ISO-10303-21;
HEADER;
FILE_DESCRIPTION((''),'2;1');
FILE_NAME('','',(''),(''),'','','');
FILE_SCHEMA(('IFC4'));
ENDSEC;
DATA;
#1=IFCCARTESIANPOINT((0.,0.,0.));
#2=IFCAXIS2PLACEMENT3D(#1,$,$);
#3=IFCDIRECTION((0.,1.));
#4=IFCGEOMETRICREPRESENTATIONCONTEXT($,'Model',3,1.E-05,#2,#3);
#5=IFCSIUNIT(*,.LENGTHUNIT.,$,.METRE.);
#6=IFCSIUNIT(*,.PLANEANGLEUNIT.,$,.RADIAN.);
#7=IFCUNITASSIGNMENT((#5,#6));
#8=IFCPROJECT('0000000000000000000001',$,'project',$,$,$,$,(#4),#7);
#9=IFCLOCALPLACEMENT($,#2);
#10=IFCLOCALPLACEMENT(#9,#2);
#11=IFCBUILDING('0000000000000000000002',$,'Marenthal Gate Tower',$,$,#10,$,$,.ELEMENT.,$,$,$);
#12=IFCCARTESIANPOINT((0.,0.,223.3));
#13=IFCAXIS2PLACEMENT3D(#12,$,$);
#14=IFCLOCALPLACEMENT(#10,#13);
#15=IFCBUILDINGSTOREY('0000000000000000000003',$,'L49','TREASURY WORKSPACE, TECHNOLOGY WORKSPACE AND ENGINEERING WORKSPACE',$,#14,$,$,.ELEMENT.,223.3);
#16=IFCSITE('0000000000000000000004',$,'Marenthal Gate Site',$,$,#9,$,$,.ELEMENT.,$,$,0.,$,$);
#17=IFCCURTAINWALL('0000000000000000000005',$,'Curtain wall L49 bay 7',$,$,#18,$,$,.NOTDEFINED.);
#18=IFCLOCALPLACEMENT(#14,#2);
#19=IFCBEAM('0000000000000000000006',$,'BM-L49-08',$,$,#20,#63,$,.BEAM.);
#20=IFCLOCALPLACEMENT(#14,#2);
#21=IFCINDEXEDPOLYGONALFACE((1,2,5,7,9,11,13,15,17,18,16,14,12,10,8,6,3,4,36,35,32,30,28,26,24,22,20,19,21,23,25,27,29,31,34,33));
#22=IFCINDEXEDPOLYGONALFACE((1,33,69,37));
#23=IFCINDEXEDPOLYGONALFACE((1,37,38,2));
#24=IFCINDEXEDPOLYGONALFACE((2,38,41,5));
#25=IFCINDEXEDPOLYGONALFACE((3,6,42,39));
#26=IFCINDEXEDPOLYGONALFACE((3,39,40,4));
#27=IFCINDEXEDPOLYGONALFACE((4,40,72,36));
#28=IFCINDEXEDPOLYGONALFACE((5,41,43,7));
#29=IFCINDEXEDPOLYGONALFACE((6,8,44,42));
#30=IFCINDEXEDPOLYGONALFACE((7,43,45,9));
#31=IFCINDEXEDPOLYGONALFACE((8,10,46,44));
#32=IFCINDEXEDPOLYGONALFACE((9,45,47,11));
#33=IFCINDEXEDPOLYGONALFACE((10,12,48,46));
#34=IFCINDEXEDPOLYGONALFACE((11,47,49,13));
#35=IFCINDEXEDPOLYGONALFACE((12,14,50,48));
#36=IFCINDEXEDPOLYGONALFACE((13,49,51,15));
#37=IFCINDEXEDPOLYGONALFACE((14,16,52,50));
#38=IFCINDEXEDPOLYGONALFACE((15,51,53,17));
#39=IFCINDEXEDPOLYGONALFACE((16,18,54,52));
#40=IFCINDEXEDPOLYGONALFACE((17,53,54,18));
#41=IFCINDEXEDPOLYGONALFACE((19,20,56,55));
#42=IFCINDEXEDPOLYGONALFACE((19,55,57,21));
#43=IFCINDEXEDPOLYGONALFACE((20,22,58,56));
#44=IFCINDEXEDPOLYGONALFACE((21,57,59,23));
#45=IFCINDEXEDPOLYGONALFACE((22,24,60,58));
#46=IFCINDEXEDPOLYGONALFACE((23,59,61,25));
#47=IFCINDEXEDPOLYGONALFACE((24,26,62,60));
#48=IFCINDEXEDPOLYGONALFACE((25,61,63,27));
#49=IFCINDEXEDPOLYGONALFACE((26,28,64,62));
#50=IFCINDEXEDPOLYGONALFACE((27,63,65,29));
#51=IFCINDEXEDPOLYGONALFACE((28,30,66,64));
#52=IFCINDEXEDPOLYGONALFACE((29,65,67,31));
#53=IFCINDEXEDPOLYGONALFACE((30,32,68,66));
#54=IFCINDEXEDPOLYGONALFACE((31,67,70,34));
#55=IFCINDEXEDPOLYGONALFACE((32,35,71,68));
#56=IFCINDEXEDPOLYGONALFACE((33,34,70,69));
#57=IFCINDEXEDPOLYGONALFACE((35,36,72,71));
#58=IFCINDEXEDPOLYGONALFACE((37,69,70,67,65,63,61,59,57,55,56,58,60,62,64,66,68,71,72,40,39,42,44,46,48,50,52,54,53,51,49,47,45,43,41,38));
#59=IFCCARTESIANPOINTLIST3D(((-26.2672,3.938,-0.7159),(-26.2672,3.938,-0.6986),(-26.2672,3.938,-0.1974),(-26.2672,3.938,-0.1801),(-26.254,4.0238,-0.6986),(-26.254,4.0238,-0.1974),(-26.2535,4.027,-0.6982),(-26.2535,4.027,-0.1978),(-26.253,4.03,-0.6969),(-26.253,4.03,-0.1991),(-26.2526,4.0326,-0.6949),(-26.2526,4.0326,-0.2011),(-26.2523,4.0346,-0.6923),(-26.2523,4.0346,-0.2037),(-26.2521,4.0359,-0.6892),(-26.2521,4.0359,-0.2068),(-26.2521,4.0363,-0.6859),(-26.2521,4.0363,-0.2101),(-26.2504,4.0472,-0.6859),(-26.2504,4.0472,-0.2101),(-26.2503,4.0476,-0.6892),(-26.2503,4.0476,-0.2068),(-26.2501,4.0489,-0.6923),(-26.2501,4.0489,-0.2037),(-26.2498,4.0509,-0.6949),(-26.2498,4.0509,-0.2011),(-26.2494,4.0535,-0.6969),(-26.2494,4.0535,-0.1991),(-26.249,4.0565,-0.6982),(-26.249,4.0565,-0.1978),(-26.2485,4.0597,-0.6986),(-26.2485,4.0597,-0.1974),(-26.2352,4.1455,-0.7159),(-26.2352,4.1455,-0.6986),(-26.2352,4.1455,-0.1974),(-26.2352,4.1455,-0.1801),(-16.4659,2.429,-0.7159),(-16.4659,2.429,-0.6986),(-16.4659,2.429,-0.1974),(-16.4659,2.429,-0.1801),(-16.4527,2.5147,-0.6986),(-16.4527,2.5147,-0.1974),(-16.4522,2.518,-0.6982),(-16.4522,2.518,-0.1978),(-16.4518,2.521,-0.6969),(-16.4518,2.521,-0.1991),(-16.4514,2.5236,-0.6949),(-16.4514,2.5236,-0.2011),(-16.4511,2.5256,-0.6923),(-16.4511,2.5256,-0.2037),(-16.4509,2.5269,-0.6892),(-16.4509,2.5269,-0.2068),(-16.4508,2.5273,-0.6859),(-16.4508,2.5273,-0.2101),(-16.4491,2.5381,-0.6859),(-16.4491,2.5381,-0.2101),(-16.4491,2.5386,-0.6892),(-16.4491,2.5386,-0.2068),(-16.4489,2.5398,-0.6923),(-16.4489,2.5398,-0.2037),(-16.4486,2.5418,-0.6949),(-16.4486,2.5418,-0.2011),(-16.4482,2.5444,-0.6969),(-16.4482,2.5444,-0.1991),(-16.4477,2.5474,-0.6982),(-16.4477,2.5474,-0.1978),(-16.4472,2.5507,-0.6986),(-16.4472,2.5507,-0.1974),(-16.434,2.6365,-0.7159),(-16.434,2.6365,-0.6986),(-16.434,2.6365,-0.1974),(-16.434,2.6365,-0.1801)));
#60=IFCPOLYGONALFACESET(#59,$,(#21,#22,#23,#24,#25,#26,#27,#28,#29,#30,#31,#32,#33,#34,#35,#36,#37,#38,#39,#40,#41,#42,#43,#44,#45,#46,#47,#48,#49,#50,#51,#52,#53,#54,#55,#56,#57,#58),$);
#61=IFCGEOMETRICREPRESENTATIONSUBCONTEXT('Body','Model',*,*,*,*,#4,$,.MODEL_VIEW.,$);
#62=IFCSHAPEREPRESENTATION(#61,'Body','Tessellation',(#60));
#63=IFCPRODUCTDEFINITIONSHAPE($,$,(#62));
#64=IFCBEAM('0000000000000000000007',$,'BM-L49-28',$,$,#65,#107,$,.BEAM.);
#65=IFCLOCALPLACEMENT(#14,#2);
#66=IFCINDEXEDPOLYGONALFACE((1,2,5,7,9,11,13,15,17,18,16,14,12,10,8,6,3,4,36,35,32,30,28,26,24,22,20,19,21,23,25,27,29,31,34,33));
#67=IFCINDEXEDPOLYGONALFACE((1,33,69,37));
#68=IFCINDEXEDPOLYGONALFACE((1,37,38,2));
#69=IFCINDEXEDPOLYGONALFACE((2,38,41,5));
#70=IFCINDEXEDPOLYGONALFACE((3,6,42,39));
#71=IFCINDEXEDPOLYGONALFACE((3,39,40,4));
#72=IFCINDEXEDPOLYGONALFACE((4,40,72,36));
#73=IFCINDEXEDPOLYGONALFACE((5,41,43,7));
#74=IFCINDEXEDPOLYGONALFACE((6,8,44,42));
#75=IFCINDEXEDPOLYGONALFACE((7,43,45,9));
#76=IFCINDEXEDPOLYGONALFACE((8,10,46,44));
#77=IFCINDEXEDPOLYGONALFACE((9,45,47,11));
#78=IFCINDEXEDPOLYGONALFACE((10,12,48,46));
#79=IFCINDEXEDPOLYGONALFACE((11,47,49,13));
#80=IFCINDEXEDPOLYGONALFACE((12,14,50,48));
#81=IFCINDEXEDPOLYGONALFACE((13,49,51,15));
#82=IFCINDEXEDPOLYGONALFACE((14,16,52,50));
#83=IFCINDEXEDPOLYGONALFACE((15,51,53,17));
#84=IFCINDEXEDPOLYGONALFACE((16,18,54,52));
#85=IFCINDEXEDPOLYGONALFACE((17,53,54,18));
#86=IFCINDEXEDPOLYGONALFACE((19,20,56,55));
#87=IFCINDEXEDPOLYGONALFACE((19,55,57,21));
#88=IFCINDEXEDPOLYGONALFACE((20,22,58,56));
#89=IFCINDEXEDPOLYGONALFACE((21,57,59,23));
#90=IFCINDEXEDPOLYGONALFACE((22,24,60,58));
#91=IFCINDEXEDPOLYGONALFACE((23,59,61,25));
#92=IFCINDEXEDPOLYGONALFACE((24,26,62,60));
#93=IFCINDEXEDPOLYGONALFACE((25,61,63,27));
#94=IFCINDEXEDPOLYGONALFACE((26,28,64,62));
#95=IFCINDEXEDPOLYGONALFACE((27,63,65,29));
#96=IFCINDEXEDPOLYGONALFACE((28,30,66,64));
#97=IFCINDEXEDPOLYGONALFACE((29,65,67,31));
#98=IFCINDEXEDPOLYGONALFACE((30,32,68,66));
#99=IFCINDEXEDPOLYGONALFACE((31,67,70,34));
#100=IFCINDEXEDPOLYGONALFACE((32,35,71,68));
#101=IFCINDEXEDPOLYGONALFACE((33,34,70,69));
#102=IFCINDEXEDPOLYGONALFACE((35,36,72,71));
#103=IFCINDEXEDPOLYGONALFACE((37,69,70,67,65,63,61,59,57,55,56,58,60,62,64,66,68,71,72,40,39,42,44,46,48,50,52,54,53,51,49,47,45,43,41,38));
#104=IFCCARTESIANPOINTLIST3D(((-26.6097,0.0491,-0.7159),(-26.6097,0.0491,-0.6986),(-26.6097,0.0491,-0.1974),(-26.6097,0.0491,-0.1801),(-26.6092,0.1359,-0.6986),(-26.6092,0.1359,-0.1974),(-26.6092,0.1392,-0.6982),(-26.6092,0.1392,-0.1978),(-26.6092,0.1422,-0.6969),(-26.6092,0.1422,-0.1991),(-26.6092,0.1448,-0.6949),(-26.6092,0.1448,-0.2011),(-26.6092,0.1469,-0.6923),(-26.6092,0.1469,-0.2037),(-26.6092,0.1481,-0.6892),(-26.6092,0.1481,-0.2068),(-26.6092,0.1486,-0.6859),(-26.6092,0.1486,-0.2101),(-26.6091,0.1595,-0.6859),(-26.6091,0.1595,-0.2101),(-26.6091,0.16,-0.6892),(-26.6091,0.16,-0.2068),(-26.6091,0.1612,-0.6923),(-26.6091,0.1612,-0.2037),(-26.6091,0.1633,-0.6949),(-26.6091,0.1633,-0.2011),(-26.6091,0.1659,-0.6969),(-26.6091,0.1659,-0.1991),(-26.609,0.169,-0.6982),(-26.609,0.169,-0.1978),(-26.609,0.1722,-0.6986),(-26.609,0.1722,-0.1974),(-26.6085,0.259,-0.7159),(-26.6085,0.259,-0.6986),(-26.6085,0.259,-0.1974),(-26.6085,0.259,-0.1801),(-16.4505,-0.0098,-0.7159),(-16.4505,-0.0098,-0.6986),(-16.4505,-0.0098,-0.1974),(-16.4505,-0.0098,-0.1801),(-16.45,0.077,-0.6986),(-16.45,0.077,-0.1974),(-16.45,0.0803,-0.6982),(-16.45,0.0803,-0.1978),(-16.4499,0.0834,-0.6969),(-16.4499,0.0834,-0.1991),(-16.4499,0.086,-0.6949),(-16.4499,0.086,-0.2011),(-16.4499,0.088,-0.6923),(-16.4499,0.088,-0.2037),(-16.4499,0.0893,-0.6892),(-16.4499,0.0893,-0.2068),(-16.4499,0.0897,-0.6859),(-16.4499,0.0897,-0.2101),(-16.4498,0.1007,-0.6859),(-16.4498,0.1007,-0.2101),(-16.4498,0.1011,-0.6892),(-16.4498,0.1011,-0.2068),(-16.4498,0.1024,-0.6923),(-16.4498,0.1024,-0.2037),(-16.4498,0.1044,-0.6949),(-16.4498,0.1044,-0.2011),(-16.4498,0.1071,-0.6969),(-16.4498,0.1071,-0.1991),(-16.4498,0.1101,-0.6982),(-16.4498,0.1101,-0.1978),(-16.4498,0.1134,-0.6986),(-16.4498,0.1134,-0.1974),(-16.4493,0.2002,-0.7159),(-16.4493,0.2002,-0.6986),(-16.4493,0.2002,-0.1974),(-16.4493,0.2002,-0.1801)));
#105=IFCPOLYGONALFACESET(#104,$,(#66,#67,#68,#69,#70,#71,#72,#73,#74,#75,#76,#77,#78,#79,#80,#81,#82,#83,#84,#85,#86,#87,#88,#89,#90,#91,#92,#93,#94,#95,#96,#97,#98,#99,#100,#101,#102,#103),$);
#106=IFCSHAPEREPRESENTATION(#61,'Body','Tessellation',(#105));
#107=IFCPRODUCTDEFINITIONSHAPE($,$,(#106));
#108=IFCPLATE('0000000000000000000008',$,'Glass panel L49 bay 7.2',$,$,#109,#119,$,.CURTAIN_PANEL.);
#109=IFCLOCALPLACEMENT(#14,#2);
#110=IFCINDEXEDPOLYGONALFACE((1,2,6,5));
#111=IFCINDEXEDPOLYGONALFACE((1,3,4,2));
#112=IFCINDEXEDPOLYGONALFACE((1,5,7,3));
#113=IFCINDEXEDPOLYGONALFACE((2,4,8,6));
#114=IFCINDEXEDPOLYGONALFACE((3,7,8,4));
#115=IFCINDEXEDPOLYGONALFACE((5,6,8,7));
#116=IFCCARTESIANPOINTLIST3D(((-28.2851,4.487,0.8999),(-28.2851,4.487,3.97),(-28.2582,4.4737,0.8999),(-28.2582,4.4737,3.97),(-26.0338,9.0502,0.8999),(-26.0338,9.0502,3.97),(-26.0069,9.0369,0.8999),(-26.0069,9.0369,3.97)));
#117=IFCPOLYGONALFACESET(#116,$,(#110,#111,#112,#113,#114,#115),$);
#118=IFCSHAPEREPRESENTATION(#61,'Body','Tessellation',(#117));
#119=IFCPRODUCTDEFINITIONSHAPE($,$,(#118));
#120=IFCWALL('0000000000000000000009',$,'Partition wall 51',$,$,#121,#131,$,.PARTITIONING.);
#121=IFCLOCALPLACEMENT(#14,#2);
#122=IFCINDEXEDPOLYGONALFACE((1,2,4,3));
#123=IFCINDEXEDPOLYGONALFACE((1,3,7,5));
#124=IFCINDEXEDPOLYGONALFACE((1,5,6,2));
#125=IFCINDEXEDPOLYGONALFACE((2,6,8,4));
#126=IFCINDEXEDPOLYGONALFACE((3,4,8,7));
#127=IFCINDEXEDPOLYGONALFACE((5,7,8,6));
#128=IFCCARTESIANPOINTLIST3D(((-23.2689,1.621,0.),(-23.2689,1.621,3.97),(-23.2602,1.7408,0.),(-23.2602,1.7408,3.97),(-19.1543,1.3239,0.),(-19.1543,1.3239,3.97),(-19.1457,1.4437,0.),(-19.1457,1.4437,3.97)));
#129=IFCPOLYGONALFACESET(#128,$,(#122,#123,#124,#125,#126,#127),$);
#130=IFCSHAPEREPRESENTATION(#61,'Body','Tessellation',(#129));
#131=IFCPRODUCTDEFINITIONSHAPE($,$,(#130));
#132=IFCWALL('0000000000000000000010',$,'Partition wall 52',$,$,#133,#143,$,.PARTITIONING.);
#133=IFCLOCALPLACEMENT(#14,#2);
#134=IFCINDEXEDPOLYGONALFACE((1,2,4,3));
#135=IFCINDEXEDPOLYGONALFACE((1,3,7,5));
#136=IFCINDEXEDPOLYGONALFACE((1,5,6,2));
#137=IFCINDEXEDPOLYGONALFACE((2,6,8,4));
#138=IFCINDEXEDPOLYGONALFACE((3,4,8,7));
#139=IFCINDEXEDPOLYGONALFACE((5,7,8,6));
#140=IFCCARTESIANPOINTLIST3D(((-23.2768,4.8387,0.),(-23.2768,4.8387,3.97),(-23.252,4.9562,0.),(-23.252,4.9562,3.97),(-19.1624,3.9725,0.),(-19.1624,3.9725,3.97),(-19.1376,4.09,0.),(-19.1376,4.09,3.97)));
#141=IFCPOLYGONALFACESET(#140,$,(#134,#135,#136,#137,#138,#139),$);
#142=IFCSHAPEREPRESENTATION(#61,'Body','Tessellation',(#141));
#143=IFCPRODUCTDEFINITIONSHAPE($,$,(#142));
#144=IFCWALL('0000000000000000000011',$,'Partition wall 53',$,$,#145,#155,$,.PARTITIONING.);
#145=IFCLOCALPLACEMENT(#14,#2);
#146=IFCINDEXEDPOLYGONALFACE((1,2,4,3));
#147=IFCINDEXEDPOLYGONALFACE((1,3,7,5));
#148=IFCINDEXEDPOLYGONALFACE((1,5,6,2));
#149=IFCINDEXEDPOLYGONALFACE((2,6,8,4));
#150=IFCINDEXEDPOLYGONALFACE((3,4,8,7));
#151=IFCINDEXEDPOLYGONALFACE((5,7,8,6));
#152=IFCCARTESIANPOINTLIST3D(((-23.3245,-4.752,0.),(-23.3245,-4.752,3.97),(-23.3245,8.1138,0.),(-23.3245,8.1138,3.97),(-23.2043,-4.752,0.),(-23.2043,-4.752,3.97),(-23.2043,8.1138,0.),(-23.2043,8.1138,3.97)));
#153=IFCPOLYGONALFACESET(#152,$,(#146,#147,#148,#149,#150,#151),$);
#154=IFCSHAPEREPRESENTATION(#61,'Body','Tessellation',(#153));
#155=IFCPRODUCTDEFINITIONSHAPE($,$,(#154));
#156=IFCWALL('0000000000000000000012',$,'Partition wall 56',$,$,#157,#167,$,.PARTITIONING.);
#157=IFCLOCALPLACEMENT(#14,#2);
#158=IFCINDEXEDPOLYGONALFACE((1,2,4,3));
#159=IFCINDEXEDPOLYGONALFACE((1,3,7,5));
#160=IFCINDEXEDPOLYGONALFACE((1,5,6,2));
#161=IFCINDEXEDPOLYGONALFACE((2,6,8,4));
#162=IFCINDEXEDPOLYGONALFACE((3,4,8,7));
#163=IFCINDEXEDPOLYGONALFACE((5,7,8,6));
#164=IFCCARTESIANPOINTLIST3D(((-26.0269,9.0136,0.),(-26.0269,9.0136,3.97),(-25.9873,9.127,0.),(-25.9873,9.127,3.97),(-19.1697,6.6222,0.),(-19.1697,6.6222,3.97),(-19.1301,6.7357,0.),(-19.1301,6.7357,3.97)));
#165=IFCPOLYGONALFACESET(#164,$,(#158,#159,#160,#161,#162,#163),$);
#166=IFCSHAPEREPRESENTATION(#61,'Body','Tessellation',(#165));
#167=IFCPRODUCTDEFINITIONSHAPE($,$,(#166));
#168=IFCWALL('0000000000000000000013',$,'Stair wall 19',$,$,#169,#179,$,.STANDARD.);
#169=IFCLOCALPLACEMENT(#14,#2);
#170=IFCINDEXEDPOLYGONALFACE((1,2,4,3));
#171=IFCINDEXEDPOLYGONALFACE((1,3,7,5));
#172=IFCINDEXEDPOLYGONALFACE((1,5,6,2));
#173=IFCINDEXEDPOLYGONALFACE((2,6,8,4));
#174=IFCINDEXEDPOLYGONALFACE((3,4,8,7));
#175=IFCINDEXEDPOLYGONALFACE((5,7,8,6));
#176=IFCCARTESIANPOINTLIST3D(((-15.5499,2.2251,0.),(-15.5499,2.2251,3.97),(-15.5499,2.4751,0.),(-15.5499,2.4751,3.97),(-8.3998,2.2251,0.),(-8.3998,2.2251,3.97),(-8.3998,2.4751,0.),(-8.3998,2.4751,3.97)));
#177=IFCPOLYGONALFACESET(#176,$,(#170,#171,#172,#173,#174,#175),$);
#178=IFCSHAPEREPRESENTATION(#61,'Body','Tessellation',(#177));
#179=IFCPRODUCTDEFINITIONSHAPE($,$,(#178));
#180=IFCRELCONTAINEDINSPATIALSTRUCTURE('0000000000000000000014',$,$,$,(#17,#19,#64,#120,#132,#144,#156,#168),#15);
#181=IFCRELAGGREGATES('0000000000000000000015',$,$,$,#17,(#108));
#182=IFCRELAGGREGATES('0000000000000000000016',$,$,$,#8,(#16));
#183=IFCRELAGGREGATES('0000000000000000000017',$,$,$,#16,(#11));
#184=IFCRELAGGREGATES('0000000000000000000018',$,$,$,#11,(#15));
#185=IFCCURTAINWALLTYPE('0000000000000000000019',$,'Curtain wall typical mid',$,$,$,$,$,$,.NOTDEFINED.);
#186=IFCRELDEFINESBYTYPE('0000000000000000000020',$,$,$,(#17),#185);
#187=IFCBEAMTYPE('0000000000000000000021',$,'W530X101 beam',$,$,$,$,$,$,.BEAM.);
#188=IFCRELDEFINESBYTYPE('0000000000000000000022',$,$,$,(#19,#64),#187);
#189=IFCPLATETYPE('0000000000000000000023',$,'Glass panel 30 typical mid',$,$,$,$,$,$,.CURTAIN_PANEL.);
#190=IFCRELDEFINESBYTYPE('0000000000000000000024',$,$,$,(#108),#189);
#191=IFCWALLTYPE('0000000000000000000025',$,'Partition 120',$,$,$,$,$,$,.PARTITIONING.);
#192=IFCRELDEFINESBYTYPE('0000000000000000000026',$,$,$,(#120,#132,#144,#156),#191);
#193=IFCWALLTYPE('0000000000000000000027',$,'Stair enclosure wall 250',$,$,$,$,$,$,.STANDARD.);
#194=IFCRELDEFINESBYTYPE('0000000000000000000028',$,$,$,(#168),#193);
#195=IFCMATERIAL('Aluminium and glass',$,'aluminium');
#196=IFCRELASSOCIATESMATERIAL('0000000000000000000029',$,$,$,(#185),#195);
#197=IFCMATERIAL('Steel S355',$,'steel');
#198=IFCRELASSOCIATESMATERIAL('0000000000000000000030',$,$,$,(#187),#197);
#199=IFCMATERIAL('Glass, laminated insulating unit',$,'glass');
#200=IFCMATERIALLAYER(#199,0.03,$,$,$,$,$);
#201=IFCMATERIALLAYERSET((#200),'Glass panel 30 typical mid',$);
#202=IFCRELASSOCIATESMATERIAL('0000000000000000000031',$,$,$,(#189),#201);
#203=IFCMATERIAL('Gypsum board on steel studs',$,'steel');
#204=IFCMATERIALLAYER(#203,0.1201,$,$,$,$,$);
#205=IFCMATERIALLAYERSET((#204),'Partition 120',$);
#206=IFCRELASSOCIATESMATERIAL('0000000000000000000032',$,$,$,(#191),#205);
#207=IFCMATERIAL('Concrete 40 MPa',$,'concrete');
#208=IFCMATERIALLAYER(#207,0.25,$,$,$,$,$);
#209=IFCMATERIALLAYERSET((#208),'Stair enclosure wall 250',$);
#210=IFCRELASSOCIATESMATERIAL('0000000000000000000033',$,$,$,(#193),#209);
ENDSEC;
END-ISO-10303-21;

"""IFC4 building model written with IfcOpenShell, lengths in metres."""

from ifc_helpers import new_model, si_unit, direction, frame, frame_2d, origin, origin_2d, place, context, subcontext, project, spatial, rectangle, i_section, extrude, material, layer, layer_set, material_profile, profile_set, type_object, element, aggregate, save


model = new_model("IFC4")

# Units and contexts
model_context = context("Model", 3, precision=1e-05, world=origin(), true_north=direction((0.0, 1.0)))
body_context = subcontext(model_context, "Body", "Model", "MODEL_VIEW")
ifc_project = project(units=[si_unit("LENGTHUNIT", "METRE"), si_unit("PLANEANGLEUNIT", "RADIAN")], contexts=[model_context])

# Site, building, storey
site_placement = place(None, origin())
site = spatial("IfcSite", under=ifc_project, at=site_placement, Name="Marenthal Gate Site", CompositionType="ELEMENT", RefElevation=0.0)
building_placement = place(site_placement, origin())
building = spatial("IfcBuilding", under=site, at=building_placement, Name="Marenthal Gate Tower", CompositionType="ELEMENT")
storey_placement = place(building_placement, frame((0.0, 0.0, 223.3)))
storey = spatial("IfcBuildingStorey", under=building, at=storey_placement, Name="L49", Description="TREASURY WORKSPACE, TECHNOLOGY WORKSPACE AND ENGINEERING WORKSPACE", CompositionType="ELEMENT", Elevation=223.3)

# Curtain wall
ifc_material_1 = material(Name="Aluminium and glass", Category="aluminium")
curtain_wall_type = type_object("IfcCurtainWallType", Name="Curtain wall typical mid", PredefinedType="NOTDEFINED", material=ifc_material_1)
curtain_wall_placement = place(storey_placement, origin())
curtain_wall = element("IfcCurtainWall", 1, at=curtain_wall_placement, inside=storey, type_object=curtain_wall_type, Name="Curtain wall L49 bay 7", PredefinedType="NOTDEFINED")

# Beams
ifc_material_2 = material(Name="Steel S355", Category="steel")
ifc_material_profile_1 = material_profile(ifc_material_2, i_section(OverallWidth=0.21, OverallDepth=0.5359, WebThickness=0.011, FlangeThickness=0.0173, FilletRadius=0.0127, at=origin_2d()), Name="W530X101")
ifc_profile_set_1 = profile_set([ifc_material_profile_1], Name="Steel S355")
beam_type_1 = type_object("IfcBeamType", Name="W530X101 beam", PredefinedType="BEAM", material=ifc_profile_set_1)
beam_1_placement = place(storey_placement, frame((-26.2512, 4.0417, -0.448), z_axis=(0.988354, -0.15217, 0.0), x_axis=(0.15217, 0.988354, 0.0)))
element("IfcBeam", 2, at=beam_1_placement, inside=storey, type_object=beam_type_1, Name="BM-L49-08", PredefinedType="BEAM", context=body_context, shape_type="SweptSolid", body=[
    extrude(i_section(OverallWidth=0.21, OverallDepth=0.5359, WebThickness=0.011, FlangeThickness=0.0173, FilletRadius=0.0127, at=origin_2d()), origin(), (0.0, 0.0, 1.0), 9.9167),
])
beam_2_placement = place(storey_placement, frame((-26.6091, 0.1541, -0.448), z_axis=(0.999983, -0.005792, 0.0), x_axis=(0.005792, 0.999983, 0.0)))
element("IfcBeam", 3, at=beam_2_placement, inside=storey, type_object=beam_type_1, Name="BM-L49-28", PredefinedType="BEAM", context=body_context, shape_type="SweptSolid", body=[
    extrude(i_section(OverallWidth=0.21, OverallDepth=0.5359, WebThickness=0.011, FlangeThickness=0.0173, FilletRadius=0.0127, at=origin_2d()), origin(), (0.0, 0.0, 1.0), 10.1594),
])

# Plate
ifc_material_3 = material(Name="Glass, laminated insulating unit", Category="glass")
ifc_layer_1 = layer(ifc_material_3, 0.03)
ifc_layer_set_1 = layer_set([ifc_layer_1], Name="Glass panel 30 typical mid")
plate_type = type_object("IfcPlateType", Name="Glass panel 30 typical mid", PredefinedType="CURTAIN_PANEL", material=ifc_layer_set_1)
plate_placement = place(storey_placement, frame((-27.146, 6.762, 0.8999), z_axis=(0.0, 0.0, 1.0), x_axis=(-0.442441, -0.896798, 0.0)))
plate = element("IfcPlate", 4, at=plate_placement, type_object=plate_type, Name="Glass panel L49 bay 7.2", PredefinedType="CURTAIN_PANEL", context=body_context, shape_type="SweptSolid", body=[
    extrude(rectangle(XDim=5.0884, YDim=0.03, at=origin_2d()), origin(), (0.0, 0.0, 1.0), 3.0701),
])
aggregate(curtain_wall, [plate])

# Walls
ifc_material_4 = material(Name="Gypsum board on steel studs", Category="steel")
ifc_layer_2 = layer(ifc_material_4, 0.1201)
ifc_layer_set_2 = layer_set([ifc_layer_2], Name="Partition 120")
wall_type_1 = type_object("IfcWallType", Name="Partition 120", PredefinedType="PARTITIONING", material=ifc_layer_set_2)
wall_1_placement = place(storey_placement, frame((-23.2644, 1.6809, 0.0), z_axis=(0.0, 0.0, 1.0), x_axis=(0.997403, -0.072025, 0.0)))
element("IfcWall", 5, at=wall_1_placement, inside=storey, type_object=wall_type_1, Name="Partition wall 51", PredefinedType="PARTITIONING", context=body_context, shape_type="SweptSolid", body=[
    extrude(rectangle(XDim=4.1252, YDim=0.1201, at=frame_2d((2.0625, 0.0))), origin(), (0.0, 0.0, 1.0), 3.97),
])
wall_2_placement = place(storey_placement, frame((-23.2644, 4.8975, 0.0), z_axis=(0.0, 0.0, 1.0), x_axis=(0.97855, -0.20601, 0.0)))
element("IfcWall", 6, at=wall_2_placement, inside=storey, type_object=wall_type_1, Name="Partition wall 52", PredefinedType="PARTITIONING", context=body_context, shape_type="SweptSolid", body=[
    extrude(rectangle(XDim=4.2046, YDim=0.1201, at=frame_2d((2.1023, 0.0))), origin(), (0.0, 0.0, 1.0), 3.97),
])
wall_3_placement = place(storey_placement, frame((-23.2644, 8.1138, 0.0), z_axis=(0.0, 0.0, 1.0), x_axis=(0.0, -1.0, 0.0)))
element("IfcWall", 7, at=wall_3_placement, inside=storey, type_object=wall_type_1, Name="Partition wall 53", PredefinedType="PARTITIONING", context=body_context, shape_type="SweptSolid", body=[
    extrude(rectangle(XDim=12.8657, YDim=0.1201, at=frame_2d((6.4329, 0.0))), origin(), (0.0, 0.0, 1.0), 3.97),
])
wall_4_placement = place(storey_placement, frame((-19.1499, 6.679, 0.0), z_axis=(0.0, 0.0, 1.0), x_axis=(-0.944229, 0.329289, 0.0)))
element("IfcWall", 8, at=wall_4_placement, inside=storey, type_object=wall_type_1, Name="Partition wall 56", PredefinedType="PARTITIONING", context=body_context, shape_type="SweptSolid", body=[
    extrude(rectangle(XDim=7.2622, YDim=0.1201, at=frame_2d((3.6311, 0.0))), origin(), (0.0, 0.0, 1.0), 3.97),
])
ifc_material_5 = material(Name="Concrete 40 MPa", Category="concrete")
ifc_layer_3 = layer(ifc_material_5, 0.25)
ifc_layer_set_3 = layer_set([ifc_layer_3], Name="Stair enclosure wall 250")
wall_type_2 = type_object("IfcWallType", Name="Stair enclosure wall 250", PredefinedType="STANDARD", material=ifc_layer_set_3)
wall_5_placement = place(storey_placement, frame((-15.55, 2.3501, 0.0), z_axis=(0.0, 0.0, 1.0), x_axis=(1.0, 0.0, 0.0)))
element("IfcWall", 9, at=wall_5_placement, inside=storey, type_object=wall_type_2, Name="Stair wall 19", PredefinedType="STANDARD", context=body_context, shape_type="SweptSolid", body=[
    extrude(rectangle(XDim=7.1501, YDim=0.25, at=frame_2d((3.5752, 0.0))), origin(), (0.0, 0.0, 1.0), 3.97),
])

save(model, "model.ifc")
